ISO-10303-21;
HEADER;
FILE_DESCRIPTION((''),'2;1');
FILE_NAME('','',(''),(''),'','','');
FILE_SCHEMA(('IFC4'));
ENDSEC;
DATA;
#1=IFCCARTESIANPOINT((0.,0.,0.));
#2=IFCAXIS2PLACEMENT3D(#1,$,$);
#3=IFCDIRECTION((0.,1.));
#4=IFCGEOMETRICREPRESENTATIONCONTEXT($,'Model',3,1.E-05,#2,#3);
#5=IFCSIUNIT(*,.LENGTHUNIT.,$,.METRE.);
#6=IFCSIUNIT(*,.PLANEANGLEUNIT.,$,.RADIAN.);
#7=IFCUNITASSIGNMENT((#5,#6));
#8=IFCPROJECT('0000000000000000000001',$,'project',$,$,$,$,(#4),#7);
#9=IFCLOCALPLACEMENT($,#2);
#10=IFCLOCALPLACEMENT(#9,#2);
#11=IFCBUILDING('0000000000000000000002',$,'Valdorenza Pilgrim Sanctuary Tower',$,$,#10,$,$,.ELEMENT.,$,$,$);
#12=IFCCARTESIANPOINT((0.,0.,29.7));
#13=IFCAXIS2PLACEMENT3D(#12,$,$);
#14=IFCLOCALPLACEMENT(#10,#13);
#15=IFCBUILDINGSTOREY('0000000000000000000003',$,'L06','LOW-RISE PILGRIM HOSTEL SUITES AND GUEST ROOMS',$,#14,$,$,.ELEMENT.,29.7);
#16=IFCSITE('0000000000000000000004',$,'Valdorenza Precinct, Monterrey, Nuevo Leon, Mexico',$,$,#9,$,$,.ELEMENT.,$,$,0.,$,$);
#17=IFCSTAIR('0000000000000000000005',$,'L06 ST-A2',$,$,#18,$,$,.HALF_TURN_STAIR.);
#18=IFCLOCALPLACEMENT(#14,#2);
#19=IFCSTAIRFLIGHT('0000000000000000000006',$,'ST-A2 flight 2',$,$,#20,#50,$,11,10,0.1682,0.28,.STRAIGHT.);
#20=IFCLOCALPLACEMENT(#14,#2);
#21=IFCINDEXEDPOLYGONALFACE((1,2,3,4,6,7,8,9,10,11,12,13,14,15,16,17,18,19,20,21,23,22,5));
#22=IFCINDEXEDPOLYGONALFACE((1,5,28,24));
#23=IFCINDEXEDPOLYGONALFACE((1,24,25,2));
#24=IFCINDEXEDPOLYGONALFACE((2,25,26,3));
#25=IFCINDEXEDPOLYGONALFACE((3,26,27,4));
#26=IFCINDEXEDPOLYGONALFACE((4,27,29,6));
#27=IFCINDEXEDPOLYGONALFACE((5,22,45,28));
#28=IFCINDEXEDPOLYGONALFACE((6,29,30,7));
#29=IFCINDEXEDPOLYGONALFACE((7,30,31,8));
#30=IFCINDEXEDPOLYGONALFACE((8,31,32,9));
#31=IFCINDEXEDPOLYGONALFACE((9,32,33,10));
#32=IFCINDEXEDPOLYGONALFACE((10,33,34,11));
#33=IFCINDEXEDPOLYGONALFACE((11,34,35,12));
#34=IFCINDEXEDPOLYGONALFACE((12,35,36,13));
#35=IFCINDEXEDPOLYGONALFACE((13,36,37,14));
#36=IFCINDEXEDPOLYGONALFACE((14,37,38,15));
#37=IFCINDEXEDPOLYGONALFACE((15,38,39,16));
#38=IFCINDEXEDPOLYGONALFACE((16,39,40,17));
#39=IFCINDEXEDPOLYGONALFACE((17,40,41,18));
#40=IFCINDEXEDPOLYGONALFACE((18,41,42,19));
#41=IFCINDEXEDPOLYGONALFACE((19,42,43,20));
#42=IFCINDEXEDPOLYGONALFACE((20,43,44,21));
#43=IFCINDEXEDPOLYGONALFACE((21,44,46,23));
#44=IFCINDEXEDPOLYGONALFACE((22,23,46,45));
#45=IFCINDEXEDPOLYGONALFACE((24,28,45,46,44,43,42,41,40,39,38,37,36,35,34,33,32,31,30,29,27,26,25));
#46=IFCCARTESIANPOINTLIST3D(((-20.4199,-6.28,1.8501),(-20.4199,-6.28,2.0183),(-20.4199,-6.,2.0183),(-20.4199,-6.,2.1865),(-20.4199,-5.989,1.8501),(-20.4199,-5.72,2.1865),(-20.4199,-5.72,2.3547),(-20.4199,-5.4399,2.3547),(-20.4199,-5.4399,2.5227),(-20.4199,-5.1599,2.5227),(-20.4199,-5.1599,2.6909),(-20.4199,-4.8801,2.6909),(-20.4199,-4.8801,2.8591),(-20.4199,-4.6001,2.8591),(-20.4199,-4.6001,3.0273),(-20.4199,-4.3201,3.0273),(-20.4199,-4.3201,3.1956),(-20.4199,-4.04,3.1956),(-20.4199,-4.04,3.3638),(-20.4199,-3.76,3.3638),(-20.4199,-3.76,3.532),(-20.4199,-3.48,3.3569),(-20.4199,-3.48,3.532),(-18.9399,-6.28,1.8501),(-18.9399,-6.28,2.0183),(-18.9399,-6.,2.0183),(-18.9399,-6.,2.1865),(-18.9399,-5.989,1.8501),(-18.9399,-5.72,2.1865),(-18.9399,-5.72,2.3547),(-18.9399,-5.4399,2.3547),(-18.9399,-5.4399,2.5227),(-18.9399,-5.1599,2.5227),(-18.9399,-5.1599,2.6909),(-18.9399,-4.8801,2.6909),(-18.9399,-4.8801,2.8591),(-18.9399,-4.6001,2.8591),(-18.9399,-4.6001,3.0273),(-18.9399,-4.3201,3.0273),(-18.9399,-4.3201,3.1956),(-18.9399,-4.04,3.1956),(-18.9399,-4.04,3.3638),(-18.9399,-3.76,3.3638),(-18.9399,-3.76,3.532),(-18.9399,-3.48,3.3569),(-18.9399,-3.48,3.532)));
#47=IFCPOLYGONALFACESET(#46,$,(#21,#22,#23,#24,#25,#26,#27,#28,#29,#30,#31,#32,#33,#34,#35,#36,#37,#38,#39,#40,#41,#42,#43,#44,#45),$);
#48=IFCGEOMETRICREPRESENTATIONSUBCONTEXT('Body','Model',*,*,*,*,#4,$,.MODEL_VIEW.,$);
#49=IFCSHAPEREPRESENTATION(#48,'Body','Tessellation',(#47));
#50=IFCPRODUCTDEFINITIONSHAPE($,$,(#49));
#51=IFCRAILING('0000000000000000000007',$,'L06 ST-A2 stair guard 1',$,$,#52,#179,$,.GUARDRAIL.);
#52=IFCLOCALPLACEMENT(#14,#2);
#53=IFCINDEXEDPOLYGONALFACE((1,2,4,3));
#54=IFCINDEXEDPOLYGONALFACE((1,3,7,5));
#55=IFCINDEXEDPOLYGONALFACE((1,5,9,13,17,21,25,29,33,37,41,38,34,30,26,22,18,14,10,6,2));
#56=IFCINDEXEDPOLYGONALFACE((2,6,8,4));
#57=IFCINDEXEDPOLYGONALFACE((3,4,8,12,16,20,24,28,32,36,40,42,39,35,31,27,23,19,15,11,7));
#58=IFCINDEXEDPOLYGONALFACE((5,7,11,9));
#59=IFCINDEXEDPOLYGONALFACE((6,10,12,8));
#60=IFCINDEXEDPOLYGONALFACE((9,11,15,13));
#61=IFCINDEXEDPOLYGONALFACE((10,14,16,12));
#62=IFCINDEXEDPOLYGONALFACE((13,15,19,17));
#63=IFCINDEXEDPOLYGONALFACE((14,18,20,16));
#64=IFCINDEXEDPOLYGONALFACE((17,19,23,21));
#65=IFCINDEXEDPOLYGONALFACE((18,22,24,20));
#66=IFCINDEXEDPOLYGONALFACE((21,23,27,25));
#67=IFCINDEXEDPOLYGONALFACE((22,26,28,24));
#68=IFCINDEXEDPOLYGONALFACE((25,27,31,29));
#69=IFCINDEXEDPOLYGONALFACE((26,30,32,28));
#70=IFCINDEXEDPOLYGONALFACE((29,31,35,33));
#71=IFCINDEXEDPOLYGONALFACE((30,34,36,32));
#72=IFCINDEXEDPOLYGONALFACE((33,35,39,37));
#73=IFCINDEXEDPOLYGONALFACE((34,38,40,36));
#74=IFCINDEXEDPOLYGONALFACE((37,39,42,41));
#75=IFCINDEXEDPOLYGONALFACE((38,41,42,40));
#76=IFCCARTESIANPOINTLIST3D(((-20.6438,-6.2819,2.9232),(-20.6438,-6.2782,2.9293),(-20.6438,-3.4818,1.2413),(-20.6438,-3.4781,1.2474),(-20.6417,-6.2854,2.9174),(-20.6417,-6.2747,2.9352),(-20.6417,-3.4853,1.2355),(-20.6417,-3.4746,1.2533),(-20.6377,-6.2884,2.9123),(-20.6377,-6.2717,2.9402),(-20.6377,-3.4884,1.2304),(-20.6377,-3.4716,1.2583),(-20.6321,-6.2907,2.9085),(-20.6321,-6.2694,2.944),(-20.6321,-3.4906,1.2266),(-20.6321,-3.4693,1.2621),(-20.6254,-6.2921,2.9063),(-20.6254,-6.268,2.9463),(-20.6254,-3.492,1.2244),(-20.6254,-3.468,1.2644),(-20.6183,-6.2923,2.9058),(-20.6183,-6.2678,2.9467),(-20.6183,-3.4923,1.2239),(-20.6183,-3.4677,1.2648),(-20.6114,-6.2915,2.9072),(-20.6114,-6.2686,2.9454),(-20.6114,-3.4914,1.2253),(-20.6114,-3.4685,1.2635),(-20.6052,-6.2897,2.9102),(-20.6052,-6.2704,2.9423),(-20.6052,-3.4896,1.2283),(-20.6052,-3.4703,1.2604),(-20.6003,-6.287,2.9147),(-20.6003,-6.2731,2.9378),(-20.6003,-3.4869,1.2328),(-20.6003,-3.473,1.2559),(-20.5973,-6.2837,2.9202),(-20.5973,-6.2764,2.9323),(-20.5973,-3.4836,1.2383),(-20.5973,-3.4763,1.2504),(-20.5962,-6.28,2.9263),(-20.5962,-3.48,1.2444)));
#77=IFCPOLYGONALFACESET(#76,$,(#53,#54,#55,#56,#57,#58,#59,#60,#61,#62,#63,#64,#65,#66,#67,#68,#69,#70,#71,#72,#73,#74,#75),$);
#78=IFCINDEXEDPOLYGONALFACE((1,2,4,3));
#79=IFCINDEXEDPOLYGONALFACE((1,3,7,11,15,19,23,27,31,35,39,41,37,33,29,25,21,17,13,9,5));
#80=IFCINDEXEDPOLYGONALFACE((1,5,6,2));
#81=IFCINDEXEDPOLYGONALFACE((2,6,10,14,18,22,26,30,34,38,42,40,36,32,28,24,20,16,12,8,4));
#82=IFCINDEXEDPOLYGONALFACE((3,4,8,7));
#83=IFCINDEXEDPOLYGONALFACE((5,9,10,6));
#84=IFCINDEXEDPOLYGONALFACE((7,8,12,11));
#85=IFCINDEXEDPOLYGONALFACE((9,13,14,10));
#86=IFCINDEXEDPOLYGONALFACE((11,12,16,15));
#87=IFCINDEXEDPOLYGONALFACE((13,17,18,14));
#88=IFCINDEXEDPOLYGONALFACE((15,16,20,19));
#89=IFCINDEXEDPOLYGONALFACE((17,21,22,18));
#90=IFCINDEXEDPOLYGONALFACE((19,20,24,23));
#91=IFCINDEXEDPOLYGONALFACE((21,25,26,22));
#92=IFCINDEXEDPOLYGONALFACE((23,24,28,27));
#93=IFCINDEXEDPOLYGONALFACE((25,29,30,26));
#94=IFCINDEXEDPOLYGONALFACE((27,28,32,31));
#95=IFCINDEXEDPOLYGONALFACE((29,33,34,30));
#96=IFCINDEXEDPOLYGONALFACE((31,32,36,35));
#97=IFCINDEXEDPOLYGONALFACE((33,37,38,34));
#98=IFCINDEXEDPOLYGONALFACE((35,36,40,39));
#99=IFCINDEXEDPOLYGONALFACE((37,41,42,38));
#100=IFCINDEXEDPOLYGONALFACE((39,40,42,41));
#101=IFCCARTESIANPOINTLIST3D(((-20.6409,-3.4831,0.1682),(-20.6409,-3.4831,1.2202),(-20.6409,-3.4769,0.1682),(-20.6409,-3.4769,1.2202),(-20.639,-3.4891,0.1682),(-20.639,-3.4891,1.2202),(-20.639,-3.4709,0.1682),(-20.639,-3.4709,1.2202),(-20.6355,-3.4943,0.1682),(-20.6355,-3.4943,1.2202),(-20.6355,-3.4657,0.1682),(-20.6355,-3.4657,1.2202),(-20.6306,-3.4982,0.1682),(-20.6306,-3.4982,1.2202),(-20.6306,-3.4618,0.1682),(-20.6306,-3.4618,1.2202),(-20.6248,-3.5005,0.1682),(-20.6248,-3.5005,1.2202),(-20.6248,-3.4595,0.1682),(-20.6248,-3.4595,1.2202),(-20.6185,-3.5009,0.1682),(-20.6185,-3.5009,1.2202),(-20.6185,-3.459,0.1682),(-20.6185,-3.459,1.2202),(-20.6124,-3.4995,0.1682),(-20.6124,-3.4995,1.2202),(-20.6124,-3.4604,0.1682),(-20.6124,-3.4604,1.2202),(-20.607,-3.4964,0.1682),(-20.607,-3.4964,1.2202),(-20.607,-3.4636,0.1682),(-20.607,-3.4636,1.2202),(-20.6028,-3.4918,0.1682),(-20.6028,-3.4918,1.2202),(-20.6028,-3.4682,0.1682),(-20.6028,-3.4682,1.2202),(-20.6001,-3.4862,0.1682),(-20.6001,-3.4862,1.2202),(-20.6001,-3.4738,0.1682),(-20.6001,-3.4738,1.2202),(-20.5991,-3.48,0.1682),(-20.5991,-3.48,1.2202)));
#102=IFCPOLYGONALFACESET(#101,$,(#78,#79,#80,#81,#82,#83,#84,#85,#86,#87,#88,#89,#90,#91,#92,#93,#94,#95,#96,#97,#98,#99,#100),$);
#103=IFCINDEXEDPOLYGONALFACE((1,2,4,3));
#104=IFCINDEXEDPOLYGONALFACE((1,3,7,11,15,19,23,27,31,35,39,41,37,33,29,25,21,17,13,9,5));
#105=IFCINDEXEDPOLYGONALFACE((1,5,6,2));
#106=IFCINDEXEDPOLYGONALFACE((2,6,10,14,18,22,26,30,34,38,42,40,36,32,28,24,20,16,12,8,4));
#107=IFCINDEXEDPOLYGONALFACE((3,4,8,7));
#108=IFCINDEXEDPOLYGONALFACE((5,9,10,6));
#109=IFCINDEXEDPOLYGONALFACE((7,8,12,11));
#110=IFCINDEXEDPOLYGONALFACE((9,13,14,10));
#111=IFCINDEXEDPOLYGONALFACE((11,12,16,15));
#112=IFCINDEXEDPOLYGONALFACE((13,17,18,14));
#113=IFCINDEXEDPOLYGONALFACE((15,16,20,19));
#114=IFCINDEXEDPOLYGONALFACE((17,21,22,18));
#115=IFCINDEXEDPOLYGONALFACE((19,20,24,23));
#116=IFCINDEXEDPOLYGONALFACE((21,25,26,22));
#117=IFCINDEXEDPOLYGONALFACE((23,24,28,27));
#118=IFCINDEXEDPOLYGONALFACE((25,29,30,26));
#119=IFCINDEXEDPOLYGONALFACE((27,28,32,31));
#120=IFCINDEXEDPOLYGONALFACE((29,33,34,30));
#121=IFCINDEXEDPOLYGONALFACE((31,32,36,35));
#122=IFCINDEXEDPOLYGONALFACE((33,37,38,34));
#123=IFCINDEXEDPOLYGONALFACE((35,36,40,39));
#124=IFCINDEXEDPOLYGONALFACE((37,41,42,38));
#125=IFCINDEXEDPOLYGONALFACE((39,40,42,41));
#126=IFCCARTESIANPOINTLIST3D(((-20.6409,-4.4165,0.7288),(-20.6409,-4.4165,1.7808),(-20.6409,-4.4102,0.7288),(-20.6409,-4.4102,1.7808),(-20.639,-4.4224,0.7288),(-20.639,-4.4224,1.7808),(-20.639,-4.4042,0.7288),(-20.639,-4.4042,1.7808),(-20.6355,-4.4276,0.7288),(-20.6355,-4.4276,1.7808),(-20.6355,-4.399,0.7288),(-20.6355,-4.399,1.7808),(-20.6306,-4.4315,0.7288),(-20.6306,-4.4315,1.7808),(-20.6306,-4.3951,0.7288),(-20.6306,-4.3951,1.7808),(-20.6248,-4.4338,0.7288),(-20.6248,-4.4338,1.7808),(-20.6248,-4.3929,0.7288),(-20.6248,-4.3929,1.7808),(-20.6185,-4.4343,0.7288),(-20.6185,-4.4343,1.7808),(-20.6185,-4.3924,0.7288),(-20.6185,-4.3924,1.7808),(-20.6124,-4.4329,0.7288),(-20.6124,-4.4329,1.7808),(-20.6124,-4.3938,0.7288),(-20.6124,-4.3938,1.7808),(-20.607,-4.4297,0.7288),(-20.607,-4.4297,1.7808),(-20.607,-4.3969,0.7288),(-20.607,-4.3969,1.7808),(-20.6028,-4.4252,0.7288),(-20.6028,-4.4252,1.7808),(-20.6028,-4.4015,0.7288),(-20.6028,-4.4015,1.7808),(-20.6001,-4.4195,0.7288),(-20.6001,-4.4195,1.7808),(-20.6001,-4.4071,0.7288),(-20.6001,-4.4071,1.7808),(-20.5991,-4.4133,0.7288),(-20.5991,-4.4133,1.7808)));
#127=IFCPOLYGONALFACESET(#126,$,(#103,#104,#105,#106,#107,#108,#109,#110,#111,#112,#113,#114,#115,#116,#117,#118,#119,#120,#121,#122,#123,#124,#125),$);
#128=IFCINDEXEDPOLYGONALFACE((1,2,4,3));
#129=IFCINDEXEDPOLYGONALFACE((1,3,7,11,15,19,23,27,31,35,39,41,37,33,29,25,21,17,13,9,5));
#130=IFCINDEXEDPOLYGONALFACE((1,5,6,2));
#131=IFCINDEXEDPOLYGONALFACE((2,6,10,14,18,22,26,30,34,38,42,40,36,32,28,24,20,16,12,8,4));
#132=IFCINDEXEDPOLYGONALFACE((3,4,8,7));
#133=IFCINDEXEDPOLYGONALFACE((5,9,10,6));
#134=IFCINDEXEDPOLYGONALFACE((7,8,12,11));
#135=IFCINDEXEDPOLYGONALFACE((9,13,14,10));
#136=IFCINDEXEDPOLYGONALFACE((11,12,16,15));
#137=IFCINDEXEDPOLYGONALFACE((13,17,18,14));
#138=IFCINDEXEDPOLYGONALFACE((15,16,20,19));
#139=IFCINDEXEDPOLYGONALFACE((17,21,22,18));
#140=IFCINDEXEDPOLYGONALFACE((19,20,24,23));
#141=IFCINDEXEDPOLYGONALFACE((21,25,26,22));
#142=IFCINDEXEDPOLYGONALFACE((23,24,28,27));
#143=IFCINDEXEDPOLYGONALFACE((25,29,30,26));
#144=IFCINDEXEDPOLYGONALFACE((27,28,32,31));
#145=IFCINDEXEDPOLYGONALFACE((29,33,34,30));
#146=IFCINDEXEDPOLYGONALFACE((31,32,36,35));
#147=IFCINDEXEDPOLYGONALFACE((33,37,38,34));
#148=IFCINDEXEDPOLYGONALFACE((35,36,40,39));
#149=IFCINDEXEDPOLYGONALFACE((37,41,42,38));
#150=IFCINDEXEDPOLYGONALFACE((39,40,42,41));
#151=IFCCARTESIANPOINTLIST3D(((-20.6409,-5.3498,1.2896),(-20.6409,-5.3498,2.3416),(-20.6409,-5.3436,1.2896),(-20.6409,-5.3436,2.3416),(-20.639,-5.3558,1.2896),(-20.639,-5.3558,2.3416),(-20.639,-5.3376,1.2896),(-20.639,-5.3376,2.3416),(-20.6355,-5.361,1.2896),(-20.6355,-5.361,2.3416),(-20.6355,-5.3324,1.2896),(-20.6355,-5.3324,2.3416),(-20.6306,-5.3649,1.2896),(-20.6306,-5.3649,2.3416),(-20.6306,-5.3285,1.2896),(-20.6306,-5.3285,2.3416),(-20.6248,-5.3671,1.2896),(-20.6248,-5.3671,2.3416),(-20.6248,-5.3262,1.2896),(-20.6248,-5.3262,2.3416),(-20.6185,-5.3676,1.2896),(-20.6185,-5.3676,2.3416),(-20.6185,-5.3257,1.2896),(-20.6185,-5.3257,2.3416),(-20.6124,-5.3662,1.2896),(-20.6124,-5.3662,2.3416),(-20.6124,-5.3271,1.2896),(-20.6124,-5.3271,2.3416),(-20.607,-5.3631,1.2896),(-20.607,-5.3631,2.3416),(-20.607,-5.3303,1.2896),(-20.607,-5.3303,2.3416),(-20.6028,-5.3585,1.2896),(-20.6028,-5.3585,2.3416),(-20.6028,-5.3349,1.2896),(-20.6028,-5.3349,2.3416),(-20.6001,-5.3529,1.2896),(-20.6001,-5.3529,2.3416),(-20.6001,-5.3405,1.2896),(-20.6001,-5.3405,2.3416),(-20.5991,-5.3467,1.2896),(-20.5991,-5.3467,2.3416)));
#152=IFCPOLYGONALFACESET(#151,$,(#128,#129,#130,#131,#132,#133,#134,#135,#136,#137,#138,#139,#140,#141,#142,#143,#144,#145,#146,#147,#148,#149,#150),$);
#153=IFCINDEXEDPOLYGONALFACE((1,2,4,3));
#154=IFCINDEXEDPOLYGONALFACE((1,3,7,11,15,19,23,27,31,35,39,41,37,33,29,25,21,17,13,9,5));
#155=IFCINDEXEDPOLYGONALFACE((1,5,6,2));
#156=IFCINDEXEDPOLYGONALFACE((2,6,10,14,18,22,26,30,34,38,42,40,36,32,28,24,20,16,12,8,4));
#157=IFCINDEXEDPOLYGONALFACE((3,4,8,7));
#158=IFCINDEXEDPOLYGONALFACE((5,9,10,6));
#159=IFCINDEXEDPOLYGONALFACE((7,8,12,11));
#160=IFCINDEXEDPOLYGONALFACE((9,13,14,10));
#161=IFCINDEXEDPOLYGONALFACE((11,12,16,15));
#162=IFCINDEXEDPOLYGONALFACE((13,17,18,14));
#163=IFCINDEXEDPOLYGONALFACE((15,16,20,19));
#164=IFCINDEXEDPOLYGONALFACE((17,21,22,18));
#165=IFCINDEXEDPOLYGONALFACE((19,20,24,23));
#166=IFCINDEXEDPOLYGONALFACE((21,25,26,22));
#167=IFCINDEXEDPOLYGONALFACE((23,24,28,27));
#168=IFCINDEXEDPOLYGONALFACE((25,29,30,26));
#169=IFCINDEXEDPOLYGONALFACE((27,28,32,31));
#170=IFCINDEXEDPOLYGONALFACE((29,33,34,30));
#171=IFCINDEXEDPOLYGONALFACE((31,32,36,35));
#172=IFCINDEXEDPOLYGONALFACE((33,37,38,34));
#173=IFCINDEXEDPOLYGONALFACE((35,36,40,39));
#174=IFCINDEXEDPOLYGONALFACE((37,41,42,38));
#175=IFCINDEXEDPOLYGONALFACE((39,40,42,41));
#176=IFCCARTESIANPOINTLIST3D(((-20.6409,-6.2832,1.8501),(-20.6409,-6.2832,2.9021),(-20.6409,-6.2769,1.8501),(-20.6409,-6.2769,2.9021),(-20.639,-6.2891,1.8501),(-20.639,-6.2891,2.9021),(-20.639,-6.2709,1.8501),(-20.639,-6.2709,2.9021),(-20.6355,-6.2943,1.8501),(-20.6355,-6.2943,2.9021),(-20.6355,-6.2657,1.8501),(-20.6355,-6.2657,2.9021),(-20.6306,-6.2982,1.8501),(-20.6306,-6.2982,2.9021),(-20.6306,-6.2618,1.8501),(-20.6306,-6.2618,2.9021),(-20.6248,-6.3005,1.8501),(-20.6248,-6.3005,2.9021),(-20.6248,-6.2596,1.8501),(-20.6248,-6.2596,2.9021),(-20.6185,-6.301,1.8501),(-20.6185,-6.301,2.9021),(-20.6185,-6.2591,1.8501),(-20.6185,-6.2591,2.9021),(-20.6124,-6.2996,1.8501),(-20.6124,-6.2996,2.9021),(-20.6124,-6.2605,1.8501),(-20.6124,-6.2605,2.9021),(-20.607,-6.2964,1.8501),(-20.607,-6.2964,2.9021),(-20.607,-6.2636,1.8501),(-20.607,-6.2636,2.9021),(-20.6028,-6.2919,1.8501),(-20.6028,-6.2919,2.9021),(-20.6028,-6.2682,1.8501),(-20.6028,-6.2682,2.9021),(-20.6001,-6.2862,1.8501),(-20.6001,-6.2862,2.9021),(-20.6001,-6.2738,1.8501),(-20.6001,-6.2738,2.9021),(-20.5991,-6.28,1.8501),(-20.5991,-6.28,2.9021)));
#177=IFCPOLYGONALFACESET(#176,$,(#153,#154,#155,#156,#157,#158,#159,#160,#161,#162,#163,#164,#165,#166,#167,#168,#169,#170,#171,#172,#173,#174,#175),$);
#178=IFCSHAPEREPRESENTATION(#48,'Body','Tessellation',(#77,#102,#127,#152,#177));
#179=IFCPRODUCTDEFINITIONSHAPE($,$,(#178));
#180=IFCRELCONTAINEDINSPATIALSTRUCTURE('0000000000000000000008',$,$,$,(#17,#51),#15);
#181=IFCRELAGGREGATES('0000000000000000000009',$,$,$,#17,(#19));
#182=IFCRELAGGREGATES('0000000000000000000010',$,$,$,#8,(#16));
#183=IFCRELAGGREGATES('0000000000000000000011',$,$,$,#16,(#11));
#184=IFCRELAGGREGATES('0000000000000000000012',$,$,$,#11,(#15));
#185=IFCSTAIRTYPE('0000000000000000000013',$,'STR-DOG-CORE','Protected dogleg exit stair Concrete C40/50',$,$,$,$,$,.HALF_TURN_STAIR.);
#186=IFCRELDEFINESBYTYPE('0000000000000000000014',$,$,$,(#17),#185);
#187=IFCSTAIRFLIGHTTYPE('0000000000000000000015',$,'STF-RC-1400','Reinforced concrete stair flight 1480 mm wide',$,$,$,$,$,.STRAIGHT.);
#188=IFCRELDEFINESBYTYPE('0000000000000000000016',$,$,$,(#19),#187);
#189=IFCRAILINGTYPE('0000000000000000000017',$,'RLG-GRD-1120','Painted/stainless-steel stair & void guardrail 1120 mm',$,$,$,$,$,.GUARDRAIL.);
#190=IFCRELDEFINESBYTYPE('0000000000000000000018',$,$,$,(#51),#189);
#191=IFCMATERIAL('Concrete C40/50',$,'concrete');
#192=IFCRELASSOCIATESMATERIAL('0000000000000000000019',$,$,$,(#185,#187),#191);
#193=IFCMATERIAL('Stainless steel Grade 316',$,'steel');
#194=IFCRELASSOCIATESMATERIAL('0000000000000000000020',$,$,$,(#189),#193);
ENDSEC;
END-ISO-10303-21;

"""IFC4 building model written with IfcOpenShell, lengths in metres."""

from ifc_helpers import new_model, si_unit, direction, frame, origin, origin_2d, place, context, subcontext, project, spatial, polyline, circle, outline, extrude, material, type_object, element, aggregate, save


model = new_model("IFC4")

# Units and contexts
model_context = context("Model", 3, precision=1e-05, world=origin(), true_north=direction((0.0, 1.0)))
body_context = subcontext(model_context, "Body", "Model", "MODEL_VIEW")
ifc_project = project(units=[si_unit("LENGTHUNIT", "METRE"), si_unit("PLANEANGLEUNIT", "RADIAN")], contexts=[model_context])

# Site, building, storey
site_placement = place(None, origin())
site = spatial("IfcSite", under=ifc_project, at=site_placement, Name="Valdorenza Precinct, Monterrey, Nuevo Leon, Mexico", CompositionType="ELEMENT", RefElevation=0.0)
building_placement = place(site_placement, origin())
building = spatial("IfcBuilding", under=site, at=building_placement, Name="Valdorenza Pilgrim Sanctuary Tower", CompositionType="ELEMENT")
storey_placement = place(building_placement, frame((0.0, 0.0, 29.7)))
storey = spatial("IfcBuildingStorey", under=building, at=storey_placement, Name="L06", Description="LOW-RISE PILGRIM HOSTEL SUITES AND GUEST ROOMS", CompositionType="ELEMENT", Elevation=29.7)

# Shared definitions
ifc_material_1 = material(Name="Concrete C40/50", Category="concrete")

# Stair, stair flight
stair_type = type_object("IfcStairType", Name="STR-DOG-CORE", Description="Protected dogleg exit stair Concrete C40/50", PredefinedType="HALF_TURN_STAIR", material=ifc_material_1)
stair_placement = place(storey_placement, origin())
stair = element("IfcStair", 1, at=stair_placement, inside=storey, type_object=stair_type, Name="L06 ST-A2", PredefinedType="HALF_TURN_STAIR")
stair_flight_type = type_object("IfcStairFlightType", Name="STF-RC-1400", Description="Reinforced concrete stair flight 1480 mm wide", PredefinedType="STRAIGHT", material=ifc_material_1)
stair_flight_1_placement = place(storey_placement, frame((-19.6799, -6.28, 1.8501), z_axis=(0.0, 0.0, 1.0), x_axis=(0.0, 1.0, 0.0)))
stair_flight_1 = element("IfcStairFlight", 2, at=stair_flight_1_placement, type_object=stair_flight_type, Name="ST-A2 flight 2", NumberOfRisers=11, NumberOfTreads=10, PredefinedType="STRAIGHT", RiserHeight=0.1682, TreadLength=0.28, context=body_context, shape_type="SweptSolid", body=[
    extrude(outline(polyline([(0.0, 0.0), (0.0, 0.1682), (0.28, 0.1682), (0.28, 0.3364), (0.5601, 0.3364), (0.5601, 0.5046), (0.8401, 0.5046), (0.8401, 0.6726), (1.1201, 0.6726), (1.1201, 0.8408), (1.3999, 0.8408), (1.3999, 1.009), (1.6799, 1.009), (1.6799, 1.1772), (1.96, 1.1772), (1.96, 1.3455), (2.24, 1.3455), (2.24, 1.5137), (2.52, 1.5137), (2.52, 1.6819), (2.8, 1.6819), (2.8, 1.8501), (2.8, 1.5068), (0.291, 0.0), (0.0, 0.0)])), frame((0.0, 0.74, 0.0), z_axis=(0.0, -1.0, 0.0), x_axis=(1.0, 0.0, 0.0)), (0.0, 0.0, 1.0), 1.48),
])
aggregate(stair, [stair_flight_1])

# Railing
ifc_material_2 = material(Name="Stainless steel Grade 316", Category="steel")
railing_type_1 = type_object("IfcRailingType", Name="RLG-GRD-1120", Description="Painted/stainless-steel stair & void guardrail 1120 mm", PredefinedType="GUARDRAIL", material=ifc_material_2)
railing_1_placement = place(storey_placement, frame((-20.6201, -3.48, 0.1682)))
element("IfcRailing", 3, at=railing_1_placement, inside=storey, type_object=railing_type_1, Name="L06 ST-A2 stair guard 1", PredefinedType="GUARDRAIL", context=body_context, shape_type="SweptSolid", body=[
    extrude(circle(Radius=0.0239, at=origin_2d()), frame((0.0, 0.0, 1.0762), z_axis=(0.0, -0.857242, 0.514913), x_axis=(1.0, 0.0, 0.0)), (0.0, 0.0, 1.0), 3.2664),
    extrude(circle(Radius=0.021, at=origin_2d()), origin(), (0.0, 0.0, 1.0), 1.052),
    extrude(circle(Radius=0.021, at=origin_2d()), frame((0.0, -0.9333, 0.5605)), (0.0, 0.0, 1.0), 1.052),
    extrude(circle(Radius=0.021, at=origin_2d()), frame((0.0, -1.8667, 1.1213)), (0.0, 0.0, 1.0), 1.052),
    extrude(circle(Radius=0.021, at=origin_2d()), frame((0.0, -2.8, 1.6819)), (0.0, 0.0, 1.0), 1.052),
])

save(model, "model.ifc")
